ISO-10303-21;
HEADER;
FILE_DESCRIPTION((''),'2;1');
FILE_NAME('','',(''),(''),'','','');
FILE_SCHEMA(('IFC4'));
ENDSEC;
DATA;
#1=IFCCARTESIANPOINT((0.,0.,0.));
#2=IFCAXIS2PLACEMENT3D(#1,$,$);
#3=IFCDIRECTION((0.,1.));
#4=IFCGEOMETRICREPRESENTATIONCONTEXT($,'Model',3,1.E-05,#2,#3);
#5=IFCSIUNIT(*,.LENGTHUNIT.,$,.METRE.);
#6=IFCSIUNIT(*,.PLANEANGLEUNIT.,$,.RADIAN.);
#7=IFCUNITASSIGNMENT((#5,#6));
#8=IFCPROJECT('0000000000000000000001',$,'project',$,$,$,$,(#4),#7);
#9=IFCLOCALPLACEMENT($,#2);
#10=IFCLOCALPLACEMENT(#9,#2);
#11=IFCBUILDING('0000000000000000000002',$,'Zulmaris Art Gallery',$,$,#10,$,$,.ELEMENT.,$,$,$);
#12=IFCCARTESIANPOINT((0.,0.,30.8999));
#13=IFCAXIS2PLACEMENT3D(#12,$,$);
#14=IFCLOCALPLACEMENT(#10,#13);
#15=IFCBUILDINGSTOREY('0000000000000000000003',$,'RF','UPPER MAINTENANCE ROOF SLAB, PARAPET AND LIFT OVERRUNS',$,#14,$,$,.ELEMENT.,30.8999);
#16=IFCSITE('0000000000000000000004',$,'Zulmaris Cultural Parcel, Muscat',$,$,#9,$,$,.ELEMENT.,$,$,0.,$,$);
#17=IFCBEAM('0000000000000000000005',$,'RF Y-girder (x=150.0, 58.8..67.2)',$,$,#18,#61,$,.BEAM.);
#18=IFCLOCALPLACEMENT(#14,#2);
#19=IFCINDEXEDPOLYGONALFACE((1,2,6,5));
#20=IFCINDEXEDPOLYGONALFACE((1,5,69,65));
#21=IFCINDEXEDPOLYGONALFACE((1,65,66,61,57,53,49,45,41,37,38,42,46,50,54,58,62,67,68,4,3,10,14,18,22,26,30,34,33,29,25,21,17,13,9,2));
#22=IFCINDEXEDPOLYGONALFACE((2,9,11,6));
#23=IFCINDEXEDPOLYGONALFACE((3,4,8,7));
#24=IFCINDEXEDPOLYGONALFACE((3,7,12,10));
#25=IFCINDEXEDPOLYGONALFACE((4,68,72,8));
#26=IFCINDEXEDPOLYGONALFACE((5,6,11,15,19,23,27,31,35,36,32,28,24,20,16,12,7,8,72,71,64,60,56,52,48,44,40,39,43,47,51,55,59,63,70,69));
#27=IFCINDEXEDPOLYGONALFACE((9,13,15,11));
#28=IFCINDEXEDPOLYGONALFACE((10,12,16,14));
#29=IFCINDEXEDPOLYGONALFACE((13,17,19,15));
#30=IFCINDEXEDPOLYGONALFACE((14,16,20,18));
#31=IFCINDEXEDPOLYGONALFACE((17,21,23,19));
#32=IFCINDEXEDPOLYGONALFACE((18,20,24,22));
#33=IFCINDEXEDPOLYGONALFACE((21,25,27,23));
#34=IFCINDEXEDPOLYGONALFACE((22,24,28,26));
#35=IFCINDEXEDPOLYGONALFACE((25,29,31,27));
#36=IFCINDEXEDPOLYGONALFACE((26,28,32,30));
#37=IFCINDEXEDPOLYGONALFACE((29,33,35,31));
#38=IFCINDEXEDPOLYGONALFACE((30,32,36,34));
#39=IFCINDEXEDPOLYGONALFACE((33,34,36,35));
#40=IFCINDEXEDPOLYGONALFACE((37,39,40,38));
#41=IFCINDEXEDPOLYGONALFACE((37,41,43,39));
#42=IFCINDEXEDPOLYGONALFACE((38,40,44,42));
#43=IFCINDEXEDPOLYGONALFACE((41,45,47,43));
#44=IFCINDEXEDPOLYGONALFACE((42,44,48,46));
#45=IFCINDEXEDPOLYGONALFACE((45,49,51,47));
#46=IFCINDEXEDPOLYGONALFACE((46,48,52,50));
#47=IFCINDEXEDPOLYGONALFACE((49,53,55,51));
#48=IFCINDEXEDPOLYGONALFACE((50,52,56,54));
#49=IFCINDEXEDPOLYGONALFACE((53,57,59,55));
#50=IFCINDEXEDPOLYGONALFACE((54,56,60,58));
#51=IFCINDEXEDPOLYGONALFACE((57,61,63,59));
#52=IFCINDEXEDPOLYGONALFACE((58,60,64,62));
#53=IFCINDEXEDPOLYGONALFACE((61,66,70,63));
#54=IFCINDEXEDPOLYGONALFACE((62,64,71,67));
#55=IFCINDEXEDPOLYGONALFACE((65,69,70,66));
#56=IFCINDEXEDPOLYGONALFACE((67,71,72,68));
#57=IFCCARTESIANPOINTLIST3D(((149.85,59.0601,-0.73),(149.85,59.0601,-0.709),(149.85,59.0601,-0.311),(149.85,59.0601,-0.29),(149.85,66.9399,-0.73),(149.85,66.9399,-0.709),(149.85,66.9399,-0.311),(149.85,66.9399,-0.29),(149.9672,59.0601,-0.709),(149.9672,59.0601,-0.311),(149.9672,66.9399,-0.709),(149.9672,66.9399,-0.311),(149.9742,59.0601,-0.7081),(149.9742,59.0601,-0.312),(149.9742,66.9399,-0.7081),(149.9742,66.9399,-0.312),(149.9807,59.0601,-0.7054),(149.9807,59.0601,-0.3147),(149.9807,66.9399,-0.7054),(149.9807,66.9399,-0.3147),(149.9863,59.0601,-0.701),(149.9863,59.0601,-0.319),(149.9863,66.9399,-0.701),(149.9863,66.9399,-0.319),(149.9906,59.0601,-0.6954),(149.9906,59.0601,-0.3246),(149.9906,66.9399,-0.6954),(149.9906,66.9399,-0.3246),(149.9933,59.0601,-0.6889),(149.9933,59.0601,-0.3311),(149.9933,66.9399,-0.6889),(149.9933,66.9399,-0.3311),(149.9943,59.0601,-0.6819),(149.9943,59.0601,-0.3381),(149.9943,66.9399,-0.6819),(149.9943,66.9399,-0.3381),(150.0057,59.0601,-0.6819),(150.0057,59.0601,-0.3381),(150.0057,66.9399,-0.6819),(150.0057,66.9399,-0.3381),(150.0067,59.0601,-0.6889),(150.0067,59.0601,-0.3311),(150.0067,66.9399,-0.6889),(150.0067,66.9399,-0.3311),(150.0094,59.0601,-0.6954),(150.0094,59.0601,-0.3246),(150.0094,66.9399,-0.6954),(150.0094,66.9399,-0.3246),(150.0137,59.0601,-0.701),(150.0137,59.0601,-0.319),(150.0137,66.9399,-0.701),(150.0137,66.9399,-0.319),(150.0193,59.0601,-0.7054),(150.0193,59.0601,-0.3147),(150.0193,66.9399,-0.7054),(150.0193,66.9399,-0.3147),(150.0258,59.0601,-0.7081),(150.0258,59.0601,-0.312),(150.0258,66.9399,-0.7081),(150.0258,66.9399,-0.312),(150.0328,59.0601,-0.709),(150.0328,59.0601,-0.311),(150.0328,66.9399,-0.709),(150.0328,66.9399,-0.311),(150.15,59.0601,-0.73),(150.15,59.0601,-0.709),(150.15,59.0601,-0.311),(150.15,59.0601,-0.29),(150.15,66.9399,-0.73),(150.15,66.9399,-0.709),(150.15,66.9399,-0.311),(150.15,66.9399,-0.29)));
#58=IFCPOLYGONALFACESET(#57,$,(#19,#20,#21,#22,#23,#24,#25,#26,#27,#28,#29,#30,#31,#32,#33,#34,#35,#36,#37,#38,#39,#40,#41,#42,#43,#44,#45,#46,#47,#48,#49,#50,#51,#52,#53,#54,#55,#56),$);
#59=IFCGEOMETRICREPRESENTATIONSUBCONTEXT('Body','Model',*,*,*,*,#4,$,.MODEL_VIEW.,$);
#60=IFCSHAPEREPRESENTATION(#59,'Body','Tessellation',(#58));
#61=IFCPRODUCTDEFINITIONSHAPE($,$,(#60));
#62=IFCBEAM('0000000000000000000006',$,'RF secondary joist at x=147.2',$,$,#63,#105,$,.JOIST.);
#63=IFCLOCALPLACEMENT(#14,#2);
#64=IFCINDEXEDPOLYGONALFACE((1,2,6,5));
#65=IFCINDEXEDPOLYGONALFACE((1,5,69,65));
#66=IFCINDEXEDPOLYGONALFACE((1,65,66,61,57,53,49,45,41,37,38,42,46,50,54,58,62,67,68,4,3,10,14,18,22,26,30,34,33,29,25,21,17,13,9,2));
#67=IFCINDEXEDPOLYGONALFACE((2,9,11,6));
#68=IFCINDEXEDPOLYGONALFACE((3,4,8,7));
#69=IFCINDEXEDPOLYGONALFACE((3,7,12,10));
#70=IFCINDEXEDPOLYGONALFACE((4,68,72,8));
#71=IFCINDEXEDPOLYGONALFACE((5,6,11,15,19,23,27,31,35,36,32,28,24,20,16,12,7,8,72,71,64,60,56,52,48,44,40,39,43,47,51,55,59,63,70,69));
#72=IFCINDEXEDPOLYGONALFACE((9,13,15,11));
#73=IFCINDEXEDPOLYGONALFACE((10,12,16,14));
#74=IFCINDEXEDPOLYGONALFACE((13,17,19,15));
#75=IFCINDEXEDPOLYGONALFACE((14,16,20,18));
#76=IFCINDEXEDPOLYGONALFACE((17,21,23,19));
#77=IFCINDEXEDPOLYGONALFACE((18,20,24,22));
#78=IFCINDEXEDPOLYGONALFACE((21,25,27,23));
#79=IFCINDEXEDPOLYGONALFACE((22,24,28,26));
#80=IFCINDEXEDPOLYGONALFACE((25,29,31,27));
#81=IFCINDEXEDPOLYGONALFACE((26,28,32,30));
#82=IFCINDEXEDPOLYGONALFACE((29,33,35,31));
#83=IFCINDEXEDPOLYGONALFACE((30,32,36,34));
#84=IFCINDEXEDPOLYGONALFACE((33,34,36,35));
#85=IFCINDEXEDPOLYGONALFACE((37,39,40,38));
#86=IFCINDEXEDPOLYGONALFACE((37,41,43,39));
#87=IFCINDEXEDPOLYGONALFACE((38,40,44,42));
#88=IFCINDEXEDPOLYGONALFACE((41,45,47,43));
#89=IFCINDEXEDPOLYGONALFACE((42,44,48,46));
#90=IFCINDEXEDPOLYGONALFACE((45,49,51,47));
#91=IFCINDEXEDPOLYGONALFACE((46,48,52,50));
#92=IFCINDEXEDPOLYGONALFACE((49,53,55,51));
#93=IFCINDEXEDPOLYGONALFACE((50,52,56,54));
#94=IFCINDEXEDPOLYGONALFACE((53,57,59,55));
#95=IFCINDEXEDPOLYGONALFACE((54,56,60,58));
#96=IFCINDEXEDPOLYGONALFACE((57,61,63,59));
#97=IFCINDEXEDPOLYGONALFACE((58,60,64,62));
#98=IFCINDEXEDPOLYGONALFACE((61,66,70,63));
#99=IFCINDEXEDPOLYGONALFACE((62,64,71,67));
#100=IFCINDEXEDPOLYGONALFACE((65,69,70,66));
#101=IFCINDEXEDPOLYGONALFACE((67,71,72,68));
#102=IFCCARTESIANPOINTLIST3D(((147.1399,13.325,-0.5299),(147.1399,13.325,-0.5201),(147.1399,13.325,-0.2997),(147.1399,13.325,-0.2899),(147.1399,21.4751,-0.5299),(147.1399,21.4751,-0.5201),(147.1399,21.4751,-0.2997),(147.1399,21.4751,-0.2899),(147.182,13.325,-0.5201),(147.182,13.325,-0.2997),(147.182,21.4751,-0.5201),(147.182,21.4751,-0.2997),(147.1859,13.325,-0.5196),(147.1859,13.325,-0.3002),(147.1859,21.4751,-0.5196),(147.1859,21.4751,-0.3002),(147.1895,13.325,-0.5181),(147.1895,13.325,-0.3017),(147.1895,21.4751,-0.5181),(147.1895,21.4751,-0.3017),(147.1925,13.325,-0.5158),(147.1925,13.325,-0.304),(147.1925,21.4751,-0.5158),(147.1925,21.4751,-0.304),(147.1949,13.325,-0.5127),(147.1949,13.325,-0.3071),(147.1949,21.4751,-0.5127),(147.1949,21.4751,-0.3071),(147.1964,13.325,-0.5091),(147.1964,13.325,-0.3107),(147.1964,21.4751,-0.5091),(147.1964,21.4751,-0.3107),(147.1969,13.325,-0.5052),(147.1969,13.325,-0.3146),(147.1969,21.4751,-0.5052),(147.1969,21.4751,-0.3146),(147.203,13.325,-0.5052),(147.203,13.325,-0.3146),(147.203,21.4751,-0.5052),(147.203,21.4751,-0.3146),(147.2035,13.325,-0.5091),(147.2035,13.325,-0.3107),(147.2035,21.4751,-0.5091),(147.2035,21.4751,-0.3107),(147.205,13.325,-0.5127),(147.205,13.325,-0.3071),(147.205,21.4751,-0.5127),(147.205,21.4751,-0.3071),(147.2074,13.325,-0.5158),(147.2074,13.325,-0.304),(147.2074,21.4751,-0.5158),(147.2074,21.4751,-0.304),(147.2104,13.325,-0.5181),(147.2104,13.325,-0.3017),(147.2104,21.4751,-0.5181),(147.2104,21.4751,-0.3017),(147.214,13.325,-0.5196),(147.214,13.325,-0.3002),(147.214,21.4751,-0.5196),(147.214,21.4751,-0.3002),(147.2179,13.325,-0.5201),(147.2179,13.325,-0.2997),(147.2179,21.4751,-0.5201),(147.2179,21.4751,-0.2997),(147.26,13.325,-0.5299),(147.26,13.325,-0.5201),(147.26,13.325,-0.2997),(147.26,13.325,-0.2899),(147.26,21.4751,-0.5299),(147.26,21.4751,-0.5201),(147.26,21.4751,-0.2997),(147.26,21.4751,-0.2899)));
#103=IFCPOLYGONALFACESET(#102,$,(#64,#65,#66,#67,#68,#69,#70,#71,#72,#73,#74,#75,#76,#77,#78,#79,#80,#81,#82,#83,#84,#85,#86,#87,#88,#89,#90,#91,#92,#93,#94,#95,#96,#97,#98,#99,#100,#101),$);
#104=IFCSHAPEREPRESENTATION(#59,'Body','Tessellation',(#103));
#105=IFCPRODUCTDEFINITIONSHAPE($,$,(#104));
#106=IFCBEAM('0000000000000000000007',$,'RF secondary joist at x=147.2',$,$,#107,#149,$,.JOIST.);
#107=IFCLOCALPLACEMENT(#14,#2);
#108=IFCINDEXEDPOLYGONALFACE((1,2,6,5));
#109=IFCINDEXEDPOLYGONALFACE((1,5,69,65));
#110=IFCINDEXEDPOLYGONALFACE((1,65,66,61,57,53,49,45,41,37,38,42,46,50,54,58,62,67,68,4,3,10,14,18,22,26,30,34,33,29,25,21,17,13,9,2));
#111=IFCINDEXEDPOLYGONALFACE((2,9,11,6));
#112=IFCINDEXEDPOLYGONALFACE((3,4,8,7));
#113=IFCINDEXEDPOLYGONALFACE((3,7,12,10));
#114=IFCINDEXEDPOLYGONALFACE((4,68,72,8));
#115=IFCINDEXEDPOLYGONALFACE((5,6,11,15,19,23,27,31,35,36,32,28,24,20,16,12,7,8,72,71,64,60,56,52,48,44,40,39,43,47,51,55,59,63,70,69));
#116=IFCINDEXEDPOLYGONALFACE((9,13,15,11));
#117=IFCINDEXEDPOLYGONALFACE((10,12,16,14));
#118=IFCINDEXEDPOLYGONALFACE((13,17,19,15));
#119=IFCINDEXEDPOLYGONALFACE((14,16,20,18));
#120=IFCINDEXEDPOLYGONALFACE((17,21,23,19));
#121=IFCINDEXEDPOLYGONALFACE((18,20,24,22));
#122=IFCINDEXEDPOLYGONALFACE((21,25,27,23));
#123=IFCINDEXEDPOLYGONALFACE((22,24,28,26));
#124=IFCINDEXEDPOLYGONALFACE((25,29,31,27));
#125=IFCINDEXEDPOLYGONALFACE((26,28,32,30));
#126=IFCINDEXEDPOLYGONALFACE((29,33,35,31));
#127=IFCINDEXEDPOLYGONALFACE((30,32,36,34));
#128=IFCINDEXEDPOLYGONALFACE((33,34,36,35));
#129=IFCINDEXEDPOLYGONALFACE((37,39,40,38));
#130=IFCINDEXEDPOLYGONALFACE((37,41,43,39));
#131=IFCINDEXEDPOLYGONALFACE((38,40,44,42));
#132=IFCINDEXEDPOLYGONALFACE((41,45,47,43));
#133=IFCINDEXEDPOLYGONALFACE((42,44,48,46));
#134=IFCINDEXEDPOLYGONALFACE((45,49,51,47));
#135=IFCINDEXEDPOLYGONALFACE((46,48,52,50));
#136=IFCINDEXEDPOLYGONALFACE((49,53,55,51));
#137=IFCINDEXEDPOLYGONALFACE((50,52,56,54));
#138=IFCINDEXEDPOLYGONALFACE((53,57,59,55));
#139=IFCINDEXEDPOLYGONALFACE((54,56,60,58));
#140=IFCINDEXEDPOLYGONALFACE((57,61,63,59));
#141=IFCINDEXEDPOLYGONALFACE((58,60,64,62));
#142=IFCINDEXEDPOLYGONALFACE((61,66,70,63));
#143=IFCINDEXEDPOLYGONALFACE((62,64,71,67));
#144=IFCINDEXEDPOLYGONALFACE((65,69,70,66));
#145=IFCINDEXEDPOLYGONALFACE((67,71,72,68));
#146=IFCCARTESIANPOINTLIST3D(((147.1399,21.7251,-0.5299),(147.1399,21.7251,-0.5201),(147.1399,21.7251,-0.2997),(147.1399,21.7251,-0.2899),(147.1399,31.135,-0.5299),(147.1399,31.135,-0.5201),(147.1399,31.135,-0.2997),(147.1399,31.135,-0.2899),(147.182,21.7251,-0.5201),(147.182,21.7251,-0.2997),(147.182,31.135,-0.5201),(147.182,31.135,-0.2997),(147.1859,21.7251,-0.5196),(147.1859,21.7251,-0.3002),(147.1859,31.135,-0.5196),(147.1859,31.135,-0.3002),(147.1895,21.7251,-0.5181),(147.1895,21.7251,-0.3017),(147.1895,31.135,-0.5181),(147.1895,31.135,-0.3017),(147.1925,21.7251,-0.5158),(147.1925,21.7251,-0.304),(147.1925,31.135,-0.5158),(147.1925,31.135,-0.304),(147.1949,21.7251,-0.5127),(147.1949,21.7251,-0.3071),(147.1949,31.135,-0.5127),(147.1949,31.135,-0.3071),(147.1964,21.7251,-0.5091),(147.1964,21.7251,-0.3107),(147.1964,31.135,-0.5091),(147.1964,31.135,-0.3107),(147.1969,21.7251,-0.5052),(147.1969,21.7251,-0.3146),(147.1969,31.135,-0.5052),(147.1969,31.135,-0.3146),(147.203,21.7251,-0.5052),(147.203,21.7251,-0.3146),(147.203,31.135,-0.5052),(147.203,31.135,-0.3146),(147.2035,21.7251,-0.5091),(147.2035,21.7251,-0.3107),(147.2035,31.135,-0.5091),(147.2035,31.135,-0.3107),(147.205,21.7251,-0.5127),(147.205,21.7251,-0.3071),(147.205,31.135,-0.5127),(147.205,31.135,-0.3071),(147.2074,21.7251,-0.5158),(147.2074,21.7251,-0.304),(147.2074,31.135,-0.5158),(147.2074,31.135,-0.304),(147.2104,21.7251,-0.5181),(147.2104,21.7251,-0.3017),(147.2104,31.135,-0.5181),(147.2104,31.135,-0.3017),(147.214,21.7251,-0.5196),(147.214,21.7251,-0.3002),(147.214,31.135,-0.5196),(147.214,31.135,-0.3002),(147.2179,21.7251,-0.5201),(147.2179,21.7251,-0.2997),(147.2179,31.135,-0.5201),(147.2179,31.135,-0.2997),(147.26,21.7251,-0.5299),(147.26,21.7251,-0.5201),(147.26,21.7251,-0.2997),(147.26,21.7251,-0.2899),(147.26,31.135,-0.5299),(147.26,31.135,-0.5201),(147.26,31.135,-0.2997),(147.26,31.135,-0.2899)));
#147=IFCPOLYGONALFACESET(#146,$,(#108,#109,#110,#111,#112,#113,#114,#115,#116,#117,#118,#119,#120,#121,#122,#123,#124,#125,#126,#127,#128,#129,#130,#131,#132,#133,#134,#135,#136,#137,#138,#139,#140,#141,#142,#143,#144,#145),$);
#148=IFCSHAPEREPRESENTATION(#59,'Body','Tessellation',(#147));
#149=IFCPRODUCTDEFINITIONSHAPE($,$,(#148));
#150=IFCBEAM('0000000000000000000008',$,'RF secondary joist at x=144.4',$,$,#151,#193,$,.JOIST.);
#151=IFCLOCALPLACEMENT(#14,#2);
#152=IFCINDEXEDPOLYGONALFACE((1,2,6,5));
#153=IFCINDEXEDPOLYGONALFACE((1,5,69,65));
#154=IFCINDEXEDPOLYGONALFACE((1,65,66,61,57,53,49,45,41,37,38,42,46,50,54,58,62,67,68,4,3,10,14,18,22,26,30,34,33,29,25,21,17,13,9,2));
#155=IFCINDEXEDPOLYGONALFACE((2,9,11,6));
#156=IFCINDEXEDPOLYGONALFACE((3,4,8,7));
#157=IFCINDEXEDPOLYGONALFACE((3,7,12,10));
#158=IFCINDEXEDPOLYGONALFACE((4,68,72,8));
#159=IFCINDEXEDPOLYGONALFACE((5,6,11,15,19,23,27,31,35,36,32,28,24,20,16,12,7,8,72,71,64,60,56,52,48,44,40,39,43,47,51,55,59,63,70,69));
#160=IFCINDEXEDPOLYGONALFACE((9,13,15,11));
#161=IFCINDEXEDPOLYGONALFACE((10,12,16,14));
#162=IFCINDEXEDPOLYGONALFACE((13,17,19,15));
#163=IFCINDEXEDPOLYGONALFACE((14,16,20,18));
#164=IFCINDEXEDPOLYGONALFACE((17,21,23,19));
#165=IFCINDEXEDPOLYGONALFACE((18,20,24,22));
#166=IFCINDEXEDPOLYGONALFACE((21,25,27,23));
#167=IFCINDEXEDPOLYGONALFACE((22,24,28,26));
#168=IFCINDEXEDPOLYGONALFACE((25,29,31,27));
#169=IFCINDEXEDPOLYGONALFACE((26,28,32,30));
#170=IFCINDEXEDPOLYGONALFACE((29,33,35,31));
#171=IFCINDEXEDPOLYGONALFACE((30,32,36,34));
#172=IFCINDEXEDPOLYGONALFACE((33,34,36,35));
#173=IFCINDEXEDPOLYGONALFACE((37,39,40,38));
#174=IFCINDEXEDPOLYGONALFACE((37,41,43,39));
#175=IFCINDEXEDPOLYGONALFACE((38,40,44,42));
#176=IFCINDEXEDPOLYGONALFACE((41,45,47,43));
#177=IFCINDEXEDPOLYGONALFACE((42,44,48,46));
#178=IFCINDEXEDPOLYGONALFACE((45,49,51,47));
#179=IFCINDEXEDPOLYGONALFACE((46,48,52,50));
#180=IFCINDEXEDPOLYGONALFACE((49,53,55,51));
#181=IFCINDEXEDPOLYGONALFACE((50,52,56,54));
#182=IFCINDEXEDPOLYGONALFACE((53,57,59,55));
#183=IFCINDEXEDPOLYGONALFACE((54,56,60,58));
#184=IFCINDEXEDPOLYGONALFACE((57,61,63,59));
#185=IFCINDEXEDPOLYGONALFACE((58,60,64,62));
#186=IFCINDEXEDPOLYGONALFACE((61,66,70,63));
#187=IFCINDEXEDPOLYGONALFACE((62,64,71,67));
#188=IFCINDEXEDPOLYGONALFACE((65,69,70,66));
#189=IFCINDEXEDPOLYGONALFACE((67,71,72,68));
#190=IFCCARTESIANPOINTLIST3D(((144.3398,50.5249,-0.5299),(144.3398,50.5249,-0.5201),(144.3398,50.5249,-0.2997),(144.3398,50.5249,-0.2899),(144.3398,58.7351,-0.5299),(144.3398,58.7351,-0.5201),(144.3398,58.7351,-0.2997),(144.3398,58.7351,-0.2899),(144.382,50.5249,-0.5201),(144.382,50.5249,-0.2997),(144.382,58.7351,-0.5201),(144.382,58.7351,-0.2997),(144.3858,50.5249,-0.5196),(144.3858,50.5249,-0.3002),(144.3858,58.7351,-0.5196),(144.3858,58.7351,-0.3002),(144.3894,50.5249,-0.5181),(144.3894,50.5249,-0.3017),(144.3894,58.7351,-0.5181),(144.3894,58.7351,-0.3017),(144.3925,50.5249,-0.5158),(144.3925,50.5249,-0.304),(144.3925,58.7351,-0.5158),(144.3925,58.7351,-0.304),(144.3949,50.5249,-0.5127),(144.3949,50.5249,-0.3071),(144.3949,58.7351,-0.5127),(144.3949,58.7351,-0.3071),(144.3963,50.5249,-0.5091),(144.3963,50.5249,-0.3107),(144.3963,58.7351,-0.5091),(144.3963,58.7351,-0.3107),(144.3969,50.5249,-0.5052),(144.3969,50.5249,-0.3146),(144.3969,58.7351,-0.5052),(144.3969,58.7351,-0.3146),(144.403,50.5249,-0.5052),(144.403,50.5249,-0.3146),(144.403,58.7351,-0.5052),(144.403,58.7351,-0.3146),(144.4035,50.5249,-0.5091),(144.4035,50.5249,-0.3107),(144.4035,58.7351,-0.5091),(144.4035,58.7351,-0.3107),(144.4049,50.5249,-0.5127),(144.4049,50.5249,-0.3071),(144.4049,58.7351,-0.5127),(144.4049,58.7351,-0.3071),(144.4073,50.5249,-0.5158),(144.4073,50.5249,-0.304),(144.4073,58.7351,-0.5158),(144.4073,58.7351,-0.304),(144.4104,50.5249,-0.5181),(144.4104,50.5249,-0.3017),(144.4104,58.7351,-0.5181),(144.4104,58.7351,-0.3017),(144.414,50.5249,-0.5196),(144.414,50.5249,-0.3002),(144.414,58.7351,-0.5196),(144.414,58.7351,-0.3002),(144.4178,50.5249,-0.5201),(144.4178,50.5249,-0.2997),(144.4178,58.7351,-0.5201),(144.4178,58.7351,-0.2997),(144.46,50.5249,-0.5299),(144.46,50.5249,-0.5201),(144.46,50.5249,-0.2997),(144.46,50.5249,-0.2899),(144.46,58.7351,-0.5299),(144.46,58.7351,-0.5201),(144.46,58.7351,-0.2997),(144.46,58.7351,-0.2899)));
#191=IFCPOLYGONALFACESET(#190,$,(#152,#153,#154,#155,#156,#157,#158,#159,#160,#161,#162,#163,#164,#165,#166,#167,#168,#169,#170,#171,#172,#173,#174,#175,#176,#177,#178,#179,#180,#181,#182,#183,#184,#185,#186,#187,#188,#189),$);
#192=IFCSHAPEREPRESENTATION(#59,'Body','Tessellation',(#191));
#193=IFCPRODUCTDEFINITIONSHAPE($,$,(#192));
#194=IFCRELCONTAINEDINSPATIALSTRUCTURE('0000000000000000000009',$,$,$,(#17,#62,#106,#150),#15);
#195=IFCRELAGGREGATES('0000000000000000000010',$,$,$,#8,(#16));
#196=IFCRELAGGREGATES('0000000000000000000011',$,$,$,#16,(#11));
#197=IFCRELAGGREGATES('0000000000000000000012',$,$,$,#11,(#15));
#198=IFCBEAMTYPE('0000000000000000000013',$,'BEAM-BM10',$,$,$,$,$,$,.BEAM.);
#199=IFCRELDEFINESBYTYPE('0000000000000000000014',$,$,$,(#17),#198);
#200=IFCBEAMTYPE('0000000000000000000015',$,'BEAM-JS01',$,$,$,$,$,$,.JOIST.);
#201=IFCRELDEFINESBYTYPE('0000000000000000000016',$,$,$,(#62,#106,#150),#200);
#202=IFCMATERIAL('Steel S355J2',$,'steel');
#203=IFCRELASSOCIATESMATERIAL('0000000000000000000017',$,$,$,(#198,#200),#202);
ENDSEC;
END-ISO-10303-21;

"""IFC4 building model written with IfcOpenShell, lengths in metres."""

from ifc_helpers import new_model, si_unit, direction, frame, origin, origin_2d, place, context, subcontext, project, spatial, i_section, extrude, material, material_profile, profile_set, type_object, element, save


model = new_model("IFC4")

# Units and contexts
model_context = context("Model", 3, precision=1e-05, world=origin(), true_north=direction((0.0, 1.0)))
body_context = subcontext(model_context, "Body", "Model", "MODEL_VIEW")
ifc_project = project(units=[si_unit("LENGTHUNIT", "METRE"), si_unit("PLANEANGLEUNIT", "RADIAN")], contexts=[model_context])

# Site, building, storey
site_placement = place(None, origin())
site = spatial("IfcSite", under=ifc_project, at=site_placement, Name="Zulmaris Cultural Parcel, Muscat", CompositionType="ELEMENT", RefElevation=0.0)
building_placement = place(site_placement, origin())
building = spatial("IfcBuilding", under=site, at=building_placement, Name="Zulmaris Art Gallery", CompositionType="ELEMENT")
storey_placement = place(building_placement, frame((0.0, 0.0, 30.8999)))
storey = spatial("IfcBuildingStorey", under=building, at=storey_placement, Name="RF", Description="UPPER MAINTENANCE ROOF SLAB, PARAPET AND LIFT OVERRUNS", CompositionType="ELEMENT", Elevation=30.8999)

# Beams
ifc_material_1 = material(Name="Steel S355J2", Category="steel")
ifc_material_profile_1 = material_profile(ifc_material_1, i_section(OverallWidth=0.3, OverallDepth=0.4399, WebThickness=0.0115, FlangeThickness=0.021, FilletRadius=0.0271, at=origin_2d()), Name="HEA 450")
ifc_profile_set_1 = profile_set([ifc_material_profile_1], Name="Steel S355J2")
beam_type_1 = type_object("IfcBeamType", Name="BEAM-BM10", PredefinedType="BEAM", material=ifc_profile_set_1)
beam_1_placement = place(storey_placement, frame((150.0, 59.0601, -0.51), z_axis=(0.0, 1.0, 0.0), x_axis=(-1.0, 0.0, 0.0)))
element("IfcBeam", 1, at=beam_1_placement, inside=storey, type_object=beam_type_1, Name="RF Y-girder (x=150.0, 58.8..67.2)", PredefinedType="BEAM", context=body_context, shape_type="SweptSolid", body=[
    extrude(i_section(OverallWidth=0.3, OverallDepth=0.4399, WebThickness=0.0115, FlangeThickness=0.021, FilletRadius=0.0271, at=origin_2d()), origin(), (0.0, 0.0, 1.0), 7.8799),
])
ifc_material_profile_2 = material_profile(ifc_material_1, i_section(OverallWidth=0.1201, OverallDepth=0.24, WebThickness=0.0061, FlangeThickness=0.0098, FilletRadius=0.0149, at=origin_2d()), Name="IPE 240")
ifc_profile_set_2 = profile_set([ifc_material_profile_2], Name="Steel S355J2")
beam_type_2 = type_object("IfcBeamType", Name="BEAM-JS01", PredefinedType="JOIST", material=ifc_profile_set_2)
beam_2_placement = place(storey_placement, frame((147.2, 13.325, -0.4099), z_axis=(0.0, 1.0, 0.0), x_axis=(-1.0, 0.0, 0.0)))
element("IfcBeam", 2, at=beam_2_placement, inside=storey, type_object=beam_type_2, Name="RF secondary joist at x=147.2", PredefinedType="JOIST", context=body_context, shape_type="SweptSolid", body=[
    extrude(i_section(OverallWidth=0.1201, OverallDepth=0.24, WebThickness=0.0061, FlangeThickness=0.0098, FilletRadius=0.0149, at=origin_2d()), origin(), (0.0, 0.0, 1.0), 8.1501),
])
beam_3_placement = place(storey_placement, frame((147.2, 21.7251, -0.4099), z_axis=(0.0, 1.0, 0.0), x_axis=(-1.0, 0.0, 0.0)))
element("IfcBeam", 3, at=beam_3_placement, inside=storey, type_object=beam_type_2, Name="RF secondary joist at x=147.2", PredefinedType="JOIST", context=body_context, shape_type="SweptSolid", body=[
    extrude(i_section(OverallWidth=0.1201, OverallDepth=0.24, WebThickness=0.0061, FlangeThickness=0.0098, FilletRadius=0.0149, at=origin_2d()), origin(), (0.0, 0.0, 1.0), 9.4099),
])
beam_4_placement = place(storey_placement, frame((144.3999, 50.5249, -0.4099), z_axis=(0.0, 1.0, 0.0), x_axis=(-1.0, 0.0, 0.0)))
element("IfcBeam", 4, at=beam_4_placement, inside=storey, type_object=beam_type_2, Name="RF secondary joist at x=144.4", PredefinedType="JOIST", context=body_context, shape_type="SweptSolid", body=[
    extrude(i_section(OverallWidth=0.1201, OverallDepth=0.24, WebThickness=0.0061, FlangeThickness=0.0098, FilletRadius=0.0149, at=origin_2d()), origin(), (0.0, 0.0, 1.0), 8.2102),
])

save(model, "model.ifc")
